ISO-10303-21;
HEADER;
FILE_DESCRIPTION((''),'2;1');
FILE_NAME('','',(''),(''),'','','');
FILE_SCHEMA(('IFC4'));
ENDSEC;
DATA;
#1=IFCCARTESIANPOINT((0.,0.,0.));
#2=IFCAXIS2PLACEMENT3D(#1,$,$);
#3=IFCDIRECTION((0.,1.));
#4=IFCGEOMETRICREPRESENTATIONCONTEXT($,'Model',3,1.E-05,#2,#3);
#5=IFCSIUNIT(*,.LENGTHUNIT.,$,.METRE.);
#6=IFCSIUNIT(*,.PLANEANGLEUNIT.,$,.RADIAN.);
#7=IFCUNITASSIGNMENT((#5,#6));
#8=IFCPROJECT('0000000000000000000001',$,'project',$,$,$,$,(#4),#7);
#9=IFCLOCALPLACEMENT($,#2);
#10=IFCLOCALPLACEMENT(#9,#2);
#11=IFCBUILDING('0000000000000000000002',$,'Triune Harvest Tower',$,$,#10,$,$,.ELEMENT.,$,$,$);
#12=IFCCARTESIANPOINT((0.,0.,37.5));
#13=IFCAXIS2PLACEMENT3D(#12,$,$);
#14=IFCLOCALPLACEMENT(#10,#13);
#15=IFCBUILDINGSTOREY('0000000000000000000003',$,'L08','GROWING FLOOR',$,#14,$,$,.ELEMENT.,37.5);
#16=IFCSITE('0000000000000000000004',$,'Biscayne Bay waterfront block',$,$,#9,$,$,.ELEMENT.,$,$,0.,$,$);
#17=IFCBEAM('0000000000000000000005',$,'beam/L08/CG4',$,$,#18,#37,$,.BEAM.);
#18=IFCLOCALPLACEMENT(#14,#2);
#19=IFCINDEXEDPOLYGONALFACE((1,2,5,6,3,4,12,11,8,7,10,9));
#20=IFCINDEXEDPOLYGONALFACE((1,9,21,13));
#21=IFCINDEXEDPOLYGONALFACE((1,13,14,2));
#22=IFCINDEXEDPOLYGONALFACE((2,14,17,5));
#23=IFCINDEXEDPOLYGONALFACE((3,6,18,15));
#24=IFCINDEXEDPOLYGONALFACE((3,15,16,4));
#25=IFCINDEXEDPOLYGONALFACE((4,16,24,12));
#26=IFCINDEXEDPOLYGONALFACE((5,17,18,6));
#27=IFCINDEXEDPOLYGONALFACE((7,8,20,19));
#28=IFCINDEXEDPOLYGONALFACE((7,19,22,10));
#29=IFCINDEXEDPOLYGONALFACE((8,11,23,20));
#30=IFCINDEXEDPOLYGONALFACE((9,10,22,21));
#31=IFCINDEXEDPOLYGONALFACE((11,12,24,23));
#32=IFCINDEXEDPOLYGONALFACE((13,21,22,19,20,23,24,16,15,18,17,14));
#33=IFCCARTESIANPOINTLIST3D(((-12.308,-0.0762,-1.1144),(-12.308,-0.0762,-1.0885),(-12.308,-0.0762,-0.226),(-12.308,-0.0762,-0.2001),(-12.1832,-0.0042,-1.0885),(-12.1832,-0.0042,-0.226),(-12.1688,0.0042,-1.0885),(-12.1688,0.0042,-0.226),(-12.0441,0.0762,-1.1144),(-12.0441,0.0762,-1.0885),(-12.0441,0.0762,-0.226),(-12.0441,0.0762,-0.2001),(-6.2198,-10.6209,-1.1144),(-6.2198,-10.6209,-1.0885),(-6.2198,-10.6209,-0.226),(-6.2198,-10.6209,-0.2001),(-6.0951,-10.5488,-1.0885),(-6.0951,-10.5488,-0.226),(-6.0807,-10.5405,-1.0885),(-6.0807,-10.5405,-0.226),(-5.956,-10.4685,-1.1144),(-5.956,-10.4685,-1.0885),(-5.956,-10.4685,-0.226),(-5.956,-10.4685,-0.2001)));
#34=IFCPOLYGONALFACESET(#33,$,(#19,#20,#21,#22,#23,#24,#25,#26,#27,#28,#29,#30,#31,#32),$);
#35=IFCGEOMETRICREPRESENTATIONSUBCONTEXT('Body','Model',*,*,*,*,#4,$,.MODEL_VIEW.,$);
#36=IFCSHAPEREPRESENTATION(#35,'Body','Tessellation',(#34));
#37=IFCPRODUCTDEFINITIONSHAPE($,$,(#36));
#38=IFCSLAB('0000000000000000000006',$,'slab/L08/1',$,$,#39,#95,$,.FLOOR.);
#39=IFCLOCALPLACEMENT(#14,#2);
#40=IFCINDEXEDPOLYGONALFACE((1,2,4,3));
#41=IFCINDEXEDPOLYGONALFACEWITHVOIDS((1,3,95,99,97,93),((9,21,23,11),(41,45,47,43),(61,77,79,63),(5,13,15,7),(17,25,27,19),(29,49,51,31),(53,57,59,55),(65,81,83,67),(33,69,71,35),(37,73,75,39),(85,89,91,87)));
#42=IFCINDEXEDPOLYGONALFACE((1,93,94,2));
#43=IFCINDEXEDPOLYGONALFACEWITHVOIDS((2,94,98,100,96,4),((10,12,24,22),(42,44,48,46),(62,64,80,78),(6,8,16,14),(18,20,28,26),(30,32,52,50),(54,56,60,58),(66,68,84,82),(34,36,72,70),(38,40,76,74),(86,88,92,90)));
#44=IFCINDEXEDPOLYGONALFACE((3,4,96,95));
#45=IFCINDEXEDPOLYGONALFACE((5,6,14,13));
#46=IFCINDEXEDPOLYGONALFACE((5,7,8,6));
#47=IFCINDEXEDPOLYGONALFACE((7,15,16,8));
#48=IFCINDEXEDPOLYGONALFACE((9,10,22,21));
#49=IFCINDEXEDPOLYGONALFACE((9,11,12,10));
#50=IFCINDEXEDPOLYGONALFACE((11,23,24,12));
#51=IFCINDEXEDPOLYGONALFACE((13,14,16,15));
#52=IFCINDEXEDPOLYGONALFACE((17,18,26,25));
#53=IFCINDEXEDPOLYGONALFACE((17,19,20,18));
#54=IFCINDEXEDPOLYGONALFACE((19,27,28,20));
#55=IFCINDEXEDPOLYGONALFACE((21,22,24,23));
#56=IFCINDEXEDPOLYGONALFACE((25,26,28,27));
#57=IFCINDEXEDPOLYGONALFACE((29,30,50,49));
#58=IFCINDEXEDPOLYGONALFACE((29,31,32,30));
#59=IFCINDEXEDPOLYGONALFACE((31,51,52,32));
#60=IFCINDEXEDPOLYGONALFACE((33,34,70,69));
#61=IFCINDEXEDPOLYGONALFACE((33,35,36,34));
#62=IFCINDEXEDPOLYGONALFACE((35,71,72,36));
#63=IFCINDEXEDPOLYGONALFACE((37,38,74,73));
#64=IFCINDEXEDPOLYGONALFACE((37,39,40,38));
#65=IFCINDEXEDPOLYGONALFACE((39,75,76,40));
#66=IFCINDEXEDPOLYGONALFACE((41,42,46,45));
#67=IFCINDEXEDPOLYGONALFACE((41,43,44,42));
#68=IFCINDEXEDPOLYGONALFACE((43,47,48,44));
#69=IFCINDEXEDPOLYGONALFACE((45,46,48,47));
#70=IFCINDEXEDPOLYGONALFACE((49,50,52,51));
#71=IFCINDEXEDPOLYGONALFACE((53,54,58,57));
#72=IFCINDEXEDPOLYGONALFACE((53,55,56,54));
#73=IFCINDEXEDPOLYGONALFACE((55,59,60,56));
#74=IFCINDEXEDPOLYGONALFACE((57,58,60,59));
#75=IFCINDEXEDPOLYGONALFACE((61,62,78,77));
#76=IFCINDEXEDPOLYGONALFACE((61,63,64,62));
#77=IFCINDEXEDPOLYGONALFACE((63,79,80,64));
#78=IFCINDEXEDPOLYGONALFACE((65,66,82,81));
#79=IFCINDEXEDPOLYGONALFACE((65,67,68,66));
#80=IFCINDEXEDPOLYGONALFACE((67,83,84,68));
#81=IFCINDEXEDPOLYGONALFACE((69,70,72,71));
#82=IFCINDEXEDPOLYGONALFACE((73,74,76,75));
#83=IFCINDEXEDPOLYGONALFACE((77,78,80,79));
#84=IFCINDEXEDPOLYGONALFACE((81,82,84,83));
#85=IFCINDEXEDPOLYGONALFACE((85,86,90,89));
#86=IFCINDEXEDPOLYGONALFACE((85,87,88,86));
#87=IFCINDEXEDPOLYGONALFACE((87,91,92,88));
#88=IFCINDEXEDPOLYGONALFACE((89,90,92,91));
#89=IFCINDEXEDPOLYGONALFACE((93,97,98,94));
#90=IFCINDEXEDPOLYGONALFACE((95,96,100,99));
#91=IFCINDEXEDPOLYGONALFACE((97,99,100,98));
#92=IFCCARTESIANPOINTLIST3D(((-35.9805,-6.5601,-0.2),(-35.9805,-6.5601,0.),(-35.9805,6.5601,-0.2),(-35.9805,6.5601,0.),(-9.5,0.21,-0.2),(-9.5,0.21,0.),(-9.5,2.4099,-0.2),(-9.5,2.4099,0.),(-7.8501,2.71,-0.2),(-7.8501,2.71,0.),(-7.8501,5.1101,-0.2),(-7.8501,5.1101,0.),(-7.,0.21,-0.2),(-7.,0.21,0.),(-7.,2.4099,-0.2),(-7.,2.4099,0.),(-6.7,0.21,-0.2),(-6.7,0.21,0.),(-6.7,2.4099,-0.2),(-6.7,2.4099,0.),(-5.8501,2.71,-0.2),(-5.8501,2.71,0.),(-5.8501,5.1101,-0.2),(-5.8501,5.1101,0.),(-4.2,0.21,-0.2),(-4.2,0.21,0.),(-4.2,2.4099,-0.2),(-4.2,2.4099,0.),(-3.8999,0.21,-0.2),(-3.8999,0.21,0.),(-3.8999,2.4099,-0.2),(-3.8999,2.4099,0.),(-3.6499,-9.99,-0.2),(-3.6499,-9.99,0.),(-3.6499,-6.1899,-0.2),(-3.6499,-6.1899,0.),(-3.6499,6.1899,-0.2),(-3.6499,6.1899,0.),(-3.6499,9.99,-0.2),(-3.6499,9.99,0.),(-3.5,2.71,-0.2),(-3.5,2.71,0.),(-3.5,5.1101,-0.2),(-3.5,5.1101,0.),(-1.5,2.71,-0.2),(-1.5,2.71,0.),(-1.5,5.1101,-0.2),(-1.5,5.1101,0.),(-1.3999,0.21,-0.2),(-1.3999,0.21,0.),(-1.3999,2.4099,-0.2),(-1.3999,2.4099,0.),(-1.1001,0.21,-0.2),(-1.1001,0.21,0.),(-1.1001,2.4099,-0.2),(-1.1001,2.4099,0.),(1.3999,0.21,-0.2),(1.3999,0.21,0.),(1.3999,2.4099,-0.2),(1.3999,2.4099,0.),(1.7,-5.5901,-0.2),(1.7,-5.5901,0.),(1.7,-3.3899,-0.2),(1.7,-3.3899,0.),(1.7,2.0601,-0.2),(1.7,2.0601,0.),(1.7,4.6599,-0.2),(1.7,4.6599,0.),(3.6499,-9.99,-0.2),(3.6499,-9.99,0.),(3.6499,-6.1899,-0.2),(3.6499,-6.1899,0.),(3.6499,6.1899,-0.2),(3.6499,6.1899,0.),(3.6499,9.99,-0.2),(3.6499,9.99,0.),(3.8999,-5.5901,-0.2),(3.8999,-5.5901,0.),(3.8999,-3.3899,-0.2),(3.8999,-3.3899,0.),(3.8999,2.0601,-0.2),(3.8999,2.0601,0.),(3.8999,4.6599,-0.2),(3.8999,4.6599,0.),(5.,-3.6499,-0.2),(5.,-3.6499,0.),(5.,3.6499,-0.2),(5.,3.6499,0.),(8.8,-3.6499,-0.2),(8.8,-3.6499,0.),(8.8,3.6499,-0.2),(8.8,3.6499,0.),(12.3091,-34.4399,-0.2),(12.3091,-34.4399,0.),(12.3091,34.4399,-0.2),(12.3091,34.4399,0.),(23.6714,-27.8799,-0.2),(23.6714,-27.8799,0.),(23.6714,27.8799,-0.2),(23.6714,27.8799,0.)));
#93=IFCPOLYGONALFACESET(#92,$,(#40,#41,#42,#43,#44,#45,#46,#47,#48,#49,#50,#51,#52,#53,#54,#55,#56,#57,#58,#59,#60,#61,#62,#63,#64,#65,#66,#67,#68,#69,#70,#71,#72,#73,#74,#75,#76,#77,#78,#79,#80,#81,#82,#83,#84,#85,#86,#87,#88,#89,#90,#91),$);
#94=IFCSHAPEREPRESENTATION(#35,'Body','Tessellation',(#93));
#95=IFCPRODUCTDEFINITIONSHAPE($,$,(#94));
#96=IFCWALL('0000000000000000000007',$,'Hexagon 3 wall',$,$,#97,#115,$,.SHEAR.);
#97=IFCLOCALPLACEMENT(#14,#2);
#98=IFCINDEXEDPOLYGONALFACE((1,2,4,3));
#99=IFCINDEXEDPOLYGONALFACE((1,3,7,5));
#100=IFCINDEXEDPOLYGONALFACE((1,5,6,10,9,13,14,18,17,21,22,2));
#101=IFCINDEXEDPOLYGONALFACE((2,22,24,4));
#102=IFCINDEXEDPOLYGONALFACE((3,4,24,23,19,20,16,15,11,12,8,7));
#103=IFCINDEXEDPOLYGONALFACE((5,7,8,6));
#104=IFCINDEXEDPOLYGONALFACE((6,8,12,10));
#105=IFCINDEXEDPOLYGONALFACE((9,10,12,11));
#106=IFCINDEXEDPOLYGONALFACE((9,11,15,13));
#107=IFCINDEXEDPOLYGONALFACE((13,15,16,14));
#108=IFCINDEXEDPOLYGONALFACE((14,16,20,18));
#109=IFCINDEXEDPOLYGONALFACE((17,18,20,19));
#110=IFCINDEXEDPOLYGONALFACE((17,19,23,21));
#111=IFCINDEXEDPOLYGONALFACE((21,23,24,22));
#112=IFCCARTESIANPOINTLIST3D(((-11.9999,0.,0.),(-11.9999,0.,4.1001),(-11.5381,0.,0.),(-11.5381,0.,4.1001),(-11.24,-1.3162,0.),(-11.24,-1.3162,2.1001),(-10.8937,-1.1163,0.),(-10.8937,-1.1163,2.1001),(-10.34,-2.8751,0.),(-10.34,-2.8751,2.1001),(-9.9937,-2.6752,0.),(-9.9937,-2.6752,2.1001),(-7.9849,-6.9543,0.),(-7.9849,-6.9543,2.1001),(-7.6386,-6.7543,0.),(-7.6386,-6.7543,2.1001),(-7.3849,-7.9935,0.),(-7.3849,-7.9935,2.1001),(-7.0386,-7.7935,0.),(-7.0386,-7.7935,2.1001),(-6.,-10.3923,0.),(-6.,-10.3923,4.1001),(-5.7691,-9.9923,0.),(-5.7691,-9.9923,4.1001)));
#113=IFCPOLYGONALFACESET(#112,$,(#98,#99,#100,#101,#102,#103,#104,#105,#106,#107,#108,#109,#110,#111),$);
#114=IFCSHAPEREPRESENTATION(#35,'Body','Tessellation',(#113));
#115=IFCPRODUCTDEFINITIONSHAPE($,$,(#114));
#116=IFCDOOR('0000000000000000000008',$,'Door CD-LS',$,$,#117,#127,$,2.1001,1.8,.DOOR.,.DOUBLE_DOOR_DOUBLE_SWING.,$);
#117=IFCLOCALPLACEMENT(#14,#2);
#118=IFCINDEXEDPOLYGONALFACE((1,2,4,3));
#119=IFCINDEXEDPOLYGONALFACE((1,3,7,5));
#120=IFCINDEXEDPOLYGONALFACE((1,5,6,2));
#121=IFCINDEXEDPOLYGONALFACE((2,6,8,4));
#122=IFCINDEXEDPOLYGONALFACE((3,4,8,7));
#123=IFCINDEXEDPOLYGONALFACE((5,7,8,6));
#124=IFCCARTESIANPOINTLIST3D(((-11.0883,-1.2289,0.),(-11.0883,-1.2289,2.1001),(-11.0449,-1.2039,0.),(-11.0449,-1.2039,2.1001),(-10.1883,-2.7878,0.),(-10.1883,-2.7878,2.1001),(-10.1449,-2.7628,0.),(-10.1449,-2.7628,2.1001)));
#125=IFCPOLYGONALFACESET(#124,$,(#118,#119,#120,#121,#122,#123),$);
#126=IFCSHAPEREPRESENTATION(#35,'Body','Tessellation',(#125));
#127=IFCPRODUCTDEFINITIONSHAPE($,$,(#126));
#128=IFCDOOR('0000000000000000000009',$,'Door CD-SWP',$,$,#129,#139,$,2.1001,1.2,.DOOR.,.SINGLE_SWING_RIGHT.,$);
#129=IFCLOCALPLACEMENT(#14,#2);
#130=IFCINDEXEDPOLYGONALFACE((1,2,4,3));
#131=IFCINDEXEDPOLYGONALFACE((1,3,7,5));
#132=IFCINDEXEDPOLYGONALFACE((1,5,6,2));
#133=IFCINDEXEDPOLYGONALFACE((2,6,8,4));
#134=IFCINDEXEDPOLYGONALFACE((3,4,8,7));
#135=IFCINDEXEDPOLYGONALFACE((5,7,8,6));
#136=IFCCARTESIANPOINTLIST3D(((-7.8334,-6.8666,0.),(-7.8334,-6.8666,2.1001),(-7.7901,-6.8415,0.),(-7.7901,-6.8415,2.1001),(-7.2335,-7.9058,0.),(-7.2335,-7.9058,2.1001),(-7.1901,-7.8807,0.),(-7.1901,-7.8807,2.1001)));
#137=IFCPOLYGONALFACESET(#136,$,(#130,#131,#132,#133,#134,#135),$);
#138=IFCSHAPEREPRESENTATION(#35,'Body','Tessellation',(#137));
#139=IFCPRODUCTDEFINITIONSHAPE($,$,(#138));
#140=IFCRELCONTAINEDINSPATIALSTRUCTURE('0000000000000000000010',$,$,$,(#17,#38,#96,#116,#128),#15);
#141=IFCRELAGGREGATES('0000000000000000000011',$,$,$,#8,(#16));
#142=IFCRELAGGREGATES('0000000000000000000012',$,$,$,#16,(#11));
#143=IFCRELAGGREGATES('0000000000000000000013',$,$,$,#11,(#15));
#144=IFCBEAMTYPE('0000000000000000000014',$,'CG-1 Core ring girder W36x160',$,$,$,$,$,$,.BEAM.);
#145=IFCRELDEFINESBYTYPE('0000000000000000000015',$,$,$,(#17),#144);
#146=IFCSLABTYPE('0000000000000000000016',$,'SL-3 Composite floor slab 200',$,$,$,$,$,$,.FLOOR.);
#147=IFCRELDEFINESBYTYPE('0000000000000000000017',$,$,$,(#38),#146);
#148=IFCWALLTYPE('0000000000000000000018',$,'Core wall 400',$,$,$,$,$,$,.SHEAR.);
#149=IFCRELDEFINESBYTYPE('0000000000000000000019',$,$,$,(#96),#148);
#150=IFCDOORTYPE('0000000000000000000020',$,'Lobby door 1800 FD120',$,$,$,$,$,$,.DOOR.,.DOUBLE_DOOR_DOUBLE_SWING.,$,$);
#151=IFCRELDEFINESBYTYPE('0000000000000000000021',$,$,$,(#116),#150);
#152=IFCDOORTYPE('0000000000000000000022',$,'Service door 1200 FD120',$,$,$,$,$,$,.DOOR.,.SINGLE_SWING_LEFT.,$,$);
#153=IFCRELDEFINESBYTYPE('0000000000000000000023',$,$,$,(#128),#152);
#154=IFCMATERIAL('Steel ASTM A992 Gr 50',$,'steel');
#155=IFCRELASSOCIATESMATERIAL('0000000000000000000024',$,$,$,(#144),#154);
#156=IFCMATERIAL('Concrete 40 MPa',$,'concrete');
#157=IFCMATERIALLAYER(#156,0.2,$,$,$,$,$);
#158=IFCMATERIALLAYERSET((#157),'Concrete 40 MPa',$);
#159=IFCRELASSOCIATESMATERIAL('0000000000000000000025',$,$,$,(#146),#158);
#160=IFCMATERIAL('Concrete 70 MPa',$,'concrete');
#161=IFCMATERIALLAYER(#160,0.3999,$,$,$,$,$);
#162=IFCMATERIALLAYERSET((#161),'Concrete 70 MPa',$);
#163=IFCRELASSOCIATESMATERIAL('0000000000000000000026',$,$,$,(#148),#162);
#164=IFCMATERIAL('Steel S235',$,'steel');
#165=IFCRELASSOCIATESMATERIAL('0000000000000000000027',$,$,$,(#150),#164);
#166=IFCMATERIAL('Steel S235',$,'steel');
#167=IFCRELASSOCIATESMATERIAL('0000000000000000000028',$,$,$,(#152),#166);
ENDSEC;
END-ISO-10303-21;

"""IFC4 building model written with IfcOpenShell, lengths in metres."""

from ifc_helpers import new_model, si_unit, direction, frame, frame_2d, origin, origin_2d, place, context, subcontext, project, spatial, polyline, rectangle, i_section, outline, extrude, source, transform, mapped, material, layer, layer_set, material_profile, profile_set, type_object, element, fill, save


model = new_model("IFC4")

# Units and contexts
model_context = context("Model", 3, precision=1e-05, world=origin(), true_north=direction((0.0, 1.0)))
body_context = subcontext(model_context, "Body", "Model", "MODEL_VIEW")
ifc_project = project(units=[si_unit("LENGTHUNIT", "METRE"), si_unit("PLANEANGLEUNIT", "RADIAN")], contexts=[model_context])

# Site, building, storey
site_placement = place(None, origin())
site = spatial("IfcSite", under=ifc_project, at=site_placement, Name="Biscayne Bay waterfront block", CompositionType="ELEMENT", RefElevation=0.0)
building_placement = place(site_placement, origin())
building = spatial("IfcBuilding", under=site, at=building_placement, Name="Triune Harvest Tower", CompositionType="ELEMENT")
storey_placement = place(building_placement, frame((0.0, 0.0, 37.5)))
storey = spatial("IfcBuildingStorey", under=building, at=storey_placement, Name="L08", Description="GROWING FLOOR", CompositionType="ELEMENT", Elevation=37.5)

# Beam
ifc_material_1 = material(Name="Steel ASTM A992 Gr 50", Category="steel")
ifc_material_profile = material_profile(ifc_material_1, i_section(OverallWidth=0.3047, OverallDepth=0.9143, WebThickness=0.0166, FlangeThickness=0.0259, at=origin_2d()), Name="W36x160")
ifc_profile_set = profile_set([ifc_material_profile], Name="Steel ASTM A992 Gr 50")
beam_type = type_object("IfcBeamType", Name="CG-1 Core ring girder W36x160", PredefinedType="BEAM", material=ifc_profile_set)
shared_shape_1 = source(origin(), body_context, "Body", "SweptSolid", [
    extrude(i_section(OverallWidth=0.3047, OverallDepth=0.9143, WebThickness=0.0166, FlangeThickness=0.0259, at=origin_2d()), origin(), (0.0, 0.0, 1.0), 12.176),
])
beam_placement = place(storey_placement, frame((-12.176, 0.0, -0.6572), z_axis=(0.50001, -0.86602, 0.0), x_axis=(0.86602, 0.50001, 0.0)))
element("IfcBeam", 1, at=beam_placement, inside=storey, type_object=beam_type, Name="beam/L08/CG4", PredefinedType="BEAM", context=body_context, shape_type="MappedRepresentation", body=[
    mapped(shared_shape_1, transform((0.0, 0.0, 0.0), scale=1.0)),
])

# Slab
ifc_material_2 = material(Name="Concrete 40 MPa", Category="concrete")
ifc_layer_1 = layer(ifc_material_2, 0.2)
ifc_layer_set_1 = layer_set([ifc_layer_1], Name="Concrete 40 MPa")
slab_type = type_object("IfcSlabType", Name="SL-3 Composite floor slab 200", PredefinedType="FLOOR", material=ifc_layer_set_1)
shared_shape_2 = source(origin(), body_context, "Body", "SweptSolid", [
    extrude(outline(polyline([(23.6714, -27.8799), (23.6714, 27.8799), (12.3091, 34.4399), (-35.9805, 6.5601), (-35.9805, -6.5601), (12.3091, -34.4399), (23.6714, -27.8799)]), holes=[polyline([(-7.0, 0.21), (-7.0, 2.4099), (-9.5, 2.4099), (-9.5, 0.21), (-7.0, 0.21)]), polyline([(-4.2, 0.21), (-4.2, 2.4099), (-6.7, 2.4099), (-6.7, 0.21), (-4.2, 0.21)]), polyline([(-1.3999, 0.21), (-1.3999, 2.4099), (-3.8999, 2.4099), (-3.8999, 0.21), (-1.3999, 0.21)]), polyline([(1.3999, 0.21), (1.3999, 2.4099), (-1.1001, 2.4099), (-1.1001, 0.21), (1.3999, 0.21)]), polyline([(3.8999, 2.0601), (3.8999, 4.6599), (1.7, 4.6599), (1.7, 2.0601), (3.8999, 2.0601)]), polyline([(3.8999, -5.5901), (3.8999, -3.3899), (1.7, -3.3899), (1.7, -5.5901), (3.8999, -5.5901)]), polyline([(-5.8501, 2.71), (-5.8501, 5.1101), (-7.8501, 5.1101), (-7.8501, 2.71), (-5.8501, 2.71)]), polyline([(-1.5, 2.71), (-1.5, 5.1101), (-3.5, 5.1101), (-3.5, 2.71), (-1.5, 2.71)]), polyline([(3.6499, 6.1899), (3.6499, 9.99), (-3.6499, 9.99), (-3.6499, 6.1899), (3.6499, 6.1899)]), polyline([(3.6499, -9.99), (3.6499, -6.1899), (-3.6499, -6.1899), (-3.6499, -9.99), (3.6499, -9.99)]), polyline([(8.8, -3.6499), (8.8, 3.6499), (5.0, 3.6499), (5.0, -3.6499), (8.8, -3.6499)])]), origin(), (0.0, 0.0, 1.0), 0.2),
])
slab_placement = place(storey_placement, frame((0.0, 0.0, -0.2)))
element("IfcSlab", 2, at=slab_placement, inside=storey, type_object=slab_type, Name="slab/L08/1", PredefinedType="FLOOR", context=body_context, shape_type="MappedRepresentation", body=[
    mapped(shared_shape_2, transform((0.0, 0.0, 0.0), scale=1.0)),
])

# Wall, openings, doors
ifc_material_3 = material(Name="Concrete 70 MPa", Category="concrete")
ifc_layer_2 = layer(ifc_material_3, 0.3999)
ifc_layer_set_2 = layer_set([ifc_layer_2], Name="Concrete 70 MPa")
wall_type_1 = type_object("IfcWallType", Name="Core wall 400", PredefinedType="SHEAR", material=ifc_layer_set_2)
shared_shape_3 = source(origin(), body_context, "Body", "SweptSolid", [
    extrude(outline(polyline([(-0.1155, -0.2), (11.8845, -0.2), (11.6536, 0.2), (0.1155, 0.2), (-0.1155, -0.2)])), origin(), (0.0, 0.0, 1.0), 4.1001),
])
wall_1_placement = place(storey_placement, frame((-11.769, 0.0, 0.0), z_axis=(0.0, 0.0, 1.0), x_axis=(0.499997, -0.866027, 0.0)))
wall_1 = element("IfcWall", 3, at=wall_1_placement, inside=storey, type_object=wall_type_1, Name="Hexagon 3 wall", PredefinedType="SHEAR", context=body_context, shape_type="MappedRepresentation", body=[
    mapped(shared_shape_3, transform((0.0, 0.0, 0.0), scale=1.0)),
])
opening_1_placement = place(wall_1_placement, frame((1.4045, 0.0, 0.0)))
opening_1 = element("IfcOpeningElement", 4, at=opening_1_placement, cuts=wall_1, PredefinedType="OPENING", context=body_context, shape_type="SweptSolid", body=[
    extrude(rectangle(XDim=1.8, YDim=2.1001, at=frame_2d((0.8999, 1.05))), frame((0.0, 0.21, 0.0), z_axis=(0.0, -1.0, 0.0), x_axis=(1.0, 0.0, 0.0)), (0.0, 0.0, 1.0), 0.4199),
])
opening_2_placement = place(wall_1_placement, frame((7.9146, 0.0, 0.0)))
opening_2 = element("IfcOpeningElement", 5, at=opening_2_placement, cuts=wall_1, PredefinedType="OPENING", context=body_context, shape_type="SweptSolid", body=[
    extrude(rectangle(XDim=1.2, YDim=2.1001, at=frame_2d((0.6001, 1.05))), frame((0.0, 0.21, 0.0), z_axis=(0.0, -1.0, 0.0), x_axis=(1.0, 0.0, 0.0)), (0.0, 0.0, 1.0), 0.4199),
])
ifc_material_4 = material(Name="Steel S235", Category="steel")
door_type_1 = type_object("IfcDoorType", Name="Lobby door 1800 FD120", OperationType="DOUBLE_DOOR_DOUBLE_SWING", PredefinedType="DOOR", material=ifc_material_4)
door_1_placement = place(opening_1_placement, frame((1.8, 0.0, 0.0), z_axis=(0.0, 0.0, 1.0), x_axis=(-1.0, 0.0, 0.0)))
door_1 = element("IfcDoor", 6, at=door_1_placement, inside=storey, type_object=door_type_1, Name="Door CD-LS", OperationType="DOUBLE_DOOR_DOUBLE_SWING", OverallHeight=2.1001, OverallWidth=1.8, PredefinedType="DOOR", context=body_context, shape_type="SweptSolid", body=[
    extrude(rectangle(XDim=1.8, YDim=2.1001, at=frame_2d((0.8999, 1.05))), frame((0.0, 0.0249, 0.0), z_axis=(0.0, -1.0, 0.0), x_axis=(1.0, 0.0, 0.0)), (0.0, 0.0, 1.0), 0.05),
])
fill(opening_1, door_1)
ifc_material_5 = material(Name="Steel S235", Category="steel")
door_type_2 = type_object("IfcDoorType", Name="Service door 1200 FD120", OperationType="SINGLE_SWING_LEFT", PredefinedType="DOOR", material=ifc_material_5)
door_2_placement = place(opening_2_placement, frame((1.2, 0.0, 0.0), z_axis=(0.0, 0.0, 1.0), x_axis=(-1.0, 0.0, 0.0)))
door_2 = element("IfcDoor", 7, at=door_2_placement, inside=storey, type_object=door_type_2, Name="Door CD-SWP", OperationType="SINGLE_SWING_RIGHT", OverallHeight=2.1001, OverallWidth=1.2, PredefinedType="DOOR", context=body_context, shape_type="SweptSolid", body=[
    extrude(rectangle(XDim=1.2, YDim=2.1001, at=frame_2d((0.6001, 1.05))), frame((0.0, 0.0249, 0.0), z_axis=(0.0, -1.0, 0.0), x_axis=(1.0, 0.0, 0.0)), (0.0, 0.0, 1.0), 0.05),
])
fill(opening_2, door_2)

save(model, "model.ifc")
